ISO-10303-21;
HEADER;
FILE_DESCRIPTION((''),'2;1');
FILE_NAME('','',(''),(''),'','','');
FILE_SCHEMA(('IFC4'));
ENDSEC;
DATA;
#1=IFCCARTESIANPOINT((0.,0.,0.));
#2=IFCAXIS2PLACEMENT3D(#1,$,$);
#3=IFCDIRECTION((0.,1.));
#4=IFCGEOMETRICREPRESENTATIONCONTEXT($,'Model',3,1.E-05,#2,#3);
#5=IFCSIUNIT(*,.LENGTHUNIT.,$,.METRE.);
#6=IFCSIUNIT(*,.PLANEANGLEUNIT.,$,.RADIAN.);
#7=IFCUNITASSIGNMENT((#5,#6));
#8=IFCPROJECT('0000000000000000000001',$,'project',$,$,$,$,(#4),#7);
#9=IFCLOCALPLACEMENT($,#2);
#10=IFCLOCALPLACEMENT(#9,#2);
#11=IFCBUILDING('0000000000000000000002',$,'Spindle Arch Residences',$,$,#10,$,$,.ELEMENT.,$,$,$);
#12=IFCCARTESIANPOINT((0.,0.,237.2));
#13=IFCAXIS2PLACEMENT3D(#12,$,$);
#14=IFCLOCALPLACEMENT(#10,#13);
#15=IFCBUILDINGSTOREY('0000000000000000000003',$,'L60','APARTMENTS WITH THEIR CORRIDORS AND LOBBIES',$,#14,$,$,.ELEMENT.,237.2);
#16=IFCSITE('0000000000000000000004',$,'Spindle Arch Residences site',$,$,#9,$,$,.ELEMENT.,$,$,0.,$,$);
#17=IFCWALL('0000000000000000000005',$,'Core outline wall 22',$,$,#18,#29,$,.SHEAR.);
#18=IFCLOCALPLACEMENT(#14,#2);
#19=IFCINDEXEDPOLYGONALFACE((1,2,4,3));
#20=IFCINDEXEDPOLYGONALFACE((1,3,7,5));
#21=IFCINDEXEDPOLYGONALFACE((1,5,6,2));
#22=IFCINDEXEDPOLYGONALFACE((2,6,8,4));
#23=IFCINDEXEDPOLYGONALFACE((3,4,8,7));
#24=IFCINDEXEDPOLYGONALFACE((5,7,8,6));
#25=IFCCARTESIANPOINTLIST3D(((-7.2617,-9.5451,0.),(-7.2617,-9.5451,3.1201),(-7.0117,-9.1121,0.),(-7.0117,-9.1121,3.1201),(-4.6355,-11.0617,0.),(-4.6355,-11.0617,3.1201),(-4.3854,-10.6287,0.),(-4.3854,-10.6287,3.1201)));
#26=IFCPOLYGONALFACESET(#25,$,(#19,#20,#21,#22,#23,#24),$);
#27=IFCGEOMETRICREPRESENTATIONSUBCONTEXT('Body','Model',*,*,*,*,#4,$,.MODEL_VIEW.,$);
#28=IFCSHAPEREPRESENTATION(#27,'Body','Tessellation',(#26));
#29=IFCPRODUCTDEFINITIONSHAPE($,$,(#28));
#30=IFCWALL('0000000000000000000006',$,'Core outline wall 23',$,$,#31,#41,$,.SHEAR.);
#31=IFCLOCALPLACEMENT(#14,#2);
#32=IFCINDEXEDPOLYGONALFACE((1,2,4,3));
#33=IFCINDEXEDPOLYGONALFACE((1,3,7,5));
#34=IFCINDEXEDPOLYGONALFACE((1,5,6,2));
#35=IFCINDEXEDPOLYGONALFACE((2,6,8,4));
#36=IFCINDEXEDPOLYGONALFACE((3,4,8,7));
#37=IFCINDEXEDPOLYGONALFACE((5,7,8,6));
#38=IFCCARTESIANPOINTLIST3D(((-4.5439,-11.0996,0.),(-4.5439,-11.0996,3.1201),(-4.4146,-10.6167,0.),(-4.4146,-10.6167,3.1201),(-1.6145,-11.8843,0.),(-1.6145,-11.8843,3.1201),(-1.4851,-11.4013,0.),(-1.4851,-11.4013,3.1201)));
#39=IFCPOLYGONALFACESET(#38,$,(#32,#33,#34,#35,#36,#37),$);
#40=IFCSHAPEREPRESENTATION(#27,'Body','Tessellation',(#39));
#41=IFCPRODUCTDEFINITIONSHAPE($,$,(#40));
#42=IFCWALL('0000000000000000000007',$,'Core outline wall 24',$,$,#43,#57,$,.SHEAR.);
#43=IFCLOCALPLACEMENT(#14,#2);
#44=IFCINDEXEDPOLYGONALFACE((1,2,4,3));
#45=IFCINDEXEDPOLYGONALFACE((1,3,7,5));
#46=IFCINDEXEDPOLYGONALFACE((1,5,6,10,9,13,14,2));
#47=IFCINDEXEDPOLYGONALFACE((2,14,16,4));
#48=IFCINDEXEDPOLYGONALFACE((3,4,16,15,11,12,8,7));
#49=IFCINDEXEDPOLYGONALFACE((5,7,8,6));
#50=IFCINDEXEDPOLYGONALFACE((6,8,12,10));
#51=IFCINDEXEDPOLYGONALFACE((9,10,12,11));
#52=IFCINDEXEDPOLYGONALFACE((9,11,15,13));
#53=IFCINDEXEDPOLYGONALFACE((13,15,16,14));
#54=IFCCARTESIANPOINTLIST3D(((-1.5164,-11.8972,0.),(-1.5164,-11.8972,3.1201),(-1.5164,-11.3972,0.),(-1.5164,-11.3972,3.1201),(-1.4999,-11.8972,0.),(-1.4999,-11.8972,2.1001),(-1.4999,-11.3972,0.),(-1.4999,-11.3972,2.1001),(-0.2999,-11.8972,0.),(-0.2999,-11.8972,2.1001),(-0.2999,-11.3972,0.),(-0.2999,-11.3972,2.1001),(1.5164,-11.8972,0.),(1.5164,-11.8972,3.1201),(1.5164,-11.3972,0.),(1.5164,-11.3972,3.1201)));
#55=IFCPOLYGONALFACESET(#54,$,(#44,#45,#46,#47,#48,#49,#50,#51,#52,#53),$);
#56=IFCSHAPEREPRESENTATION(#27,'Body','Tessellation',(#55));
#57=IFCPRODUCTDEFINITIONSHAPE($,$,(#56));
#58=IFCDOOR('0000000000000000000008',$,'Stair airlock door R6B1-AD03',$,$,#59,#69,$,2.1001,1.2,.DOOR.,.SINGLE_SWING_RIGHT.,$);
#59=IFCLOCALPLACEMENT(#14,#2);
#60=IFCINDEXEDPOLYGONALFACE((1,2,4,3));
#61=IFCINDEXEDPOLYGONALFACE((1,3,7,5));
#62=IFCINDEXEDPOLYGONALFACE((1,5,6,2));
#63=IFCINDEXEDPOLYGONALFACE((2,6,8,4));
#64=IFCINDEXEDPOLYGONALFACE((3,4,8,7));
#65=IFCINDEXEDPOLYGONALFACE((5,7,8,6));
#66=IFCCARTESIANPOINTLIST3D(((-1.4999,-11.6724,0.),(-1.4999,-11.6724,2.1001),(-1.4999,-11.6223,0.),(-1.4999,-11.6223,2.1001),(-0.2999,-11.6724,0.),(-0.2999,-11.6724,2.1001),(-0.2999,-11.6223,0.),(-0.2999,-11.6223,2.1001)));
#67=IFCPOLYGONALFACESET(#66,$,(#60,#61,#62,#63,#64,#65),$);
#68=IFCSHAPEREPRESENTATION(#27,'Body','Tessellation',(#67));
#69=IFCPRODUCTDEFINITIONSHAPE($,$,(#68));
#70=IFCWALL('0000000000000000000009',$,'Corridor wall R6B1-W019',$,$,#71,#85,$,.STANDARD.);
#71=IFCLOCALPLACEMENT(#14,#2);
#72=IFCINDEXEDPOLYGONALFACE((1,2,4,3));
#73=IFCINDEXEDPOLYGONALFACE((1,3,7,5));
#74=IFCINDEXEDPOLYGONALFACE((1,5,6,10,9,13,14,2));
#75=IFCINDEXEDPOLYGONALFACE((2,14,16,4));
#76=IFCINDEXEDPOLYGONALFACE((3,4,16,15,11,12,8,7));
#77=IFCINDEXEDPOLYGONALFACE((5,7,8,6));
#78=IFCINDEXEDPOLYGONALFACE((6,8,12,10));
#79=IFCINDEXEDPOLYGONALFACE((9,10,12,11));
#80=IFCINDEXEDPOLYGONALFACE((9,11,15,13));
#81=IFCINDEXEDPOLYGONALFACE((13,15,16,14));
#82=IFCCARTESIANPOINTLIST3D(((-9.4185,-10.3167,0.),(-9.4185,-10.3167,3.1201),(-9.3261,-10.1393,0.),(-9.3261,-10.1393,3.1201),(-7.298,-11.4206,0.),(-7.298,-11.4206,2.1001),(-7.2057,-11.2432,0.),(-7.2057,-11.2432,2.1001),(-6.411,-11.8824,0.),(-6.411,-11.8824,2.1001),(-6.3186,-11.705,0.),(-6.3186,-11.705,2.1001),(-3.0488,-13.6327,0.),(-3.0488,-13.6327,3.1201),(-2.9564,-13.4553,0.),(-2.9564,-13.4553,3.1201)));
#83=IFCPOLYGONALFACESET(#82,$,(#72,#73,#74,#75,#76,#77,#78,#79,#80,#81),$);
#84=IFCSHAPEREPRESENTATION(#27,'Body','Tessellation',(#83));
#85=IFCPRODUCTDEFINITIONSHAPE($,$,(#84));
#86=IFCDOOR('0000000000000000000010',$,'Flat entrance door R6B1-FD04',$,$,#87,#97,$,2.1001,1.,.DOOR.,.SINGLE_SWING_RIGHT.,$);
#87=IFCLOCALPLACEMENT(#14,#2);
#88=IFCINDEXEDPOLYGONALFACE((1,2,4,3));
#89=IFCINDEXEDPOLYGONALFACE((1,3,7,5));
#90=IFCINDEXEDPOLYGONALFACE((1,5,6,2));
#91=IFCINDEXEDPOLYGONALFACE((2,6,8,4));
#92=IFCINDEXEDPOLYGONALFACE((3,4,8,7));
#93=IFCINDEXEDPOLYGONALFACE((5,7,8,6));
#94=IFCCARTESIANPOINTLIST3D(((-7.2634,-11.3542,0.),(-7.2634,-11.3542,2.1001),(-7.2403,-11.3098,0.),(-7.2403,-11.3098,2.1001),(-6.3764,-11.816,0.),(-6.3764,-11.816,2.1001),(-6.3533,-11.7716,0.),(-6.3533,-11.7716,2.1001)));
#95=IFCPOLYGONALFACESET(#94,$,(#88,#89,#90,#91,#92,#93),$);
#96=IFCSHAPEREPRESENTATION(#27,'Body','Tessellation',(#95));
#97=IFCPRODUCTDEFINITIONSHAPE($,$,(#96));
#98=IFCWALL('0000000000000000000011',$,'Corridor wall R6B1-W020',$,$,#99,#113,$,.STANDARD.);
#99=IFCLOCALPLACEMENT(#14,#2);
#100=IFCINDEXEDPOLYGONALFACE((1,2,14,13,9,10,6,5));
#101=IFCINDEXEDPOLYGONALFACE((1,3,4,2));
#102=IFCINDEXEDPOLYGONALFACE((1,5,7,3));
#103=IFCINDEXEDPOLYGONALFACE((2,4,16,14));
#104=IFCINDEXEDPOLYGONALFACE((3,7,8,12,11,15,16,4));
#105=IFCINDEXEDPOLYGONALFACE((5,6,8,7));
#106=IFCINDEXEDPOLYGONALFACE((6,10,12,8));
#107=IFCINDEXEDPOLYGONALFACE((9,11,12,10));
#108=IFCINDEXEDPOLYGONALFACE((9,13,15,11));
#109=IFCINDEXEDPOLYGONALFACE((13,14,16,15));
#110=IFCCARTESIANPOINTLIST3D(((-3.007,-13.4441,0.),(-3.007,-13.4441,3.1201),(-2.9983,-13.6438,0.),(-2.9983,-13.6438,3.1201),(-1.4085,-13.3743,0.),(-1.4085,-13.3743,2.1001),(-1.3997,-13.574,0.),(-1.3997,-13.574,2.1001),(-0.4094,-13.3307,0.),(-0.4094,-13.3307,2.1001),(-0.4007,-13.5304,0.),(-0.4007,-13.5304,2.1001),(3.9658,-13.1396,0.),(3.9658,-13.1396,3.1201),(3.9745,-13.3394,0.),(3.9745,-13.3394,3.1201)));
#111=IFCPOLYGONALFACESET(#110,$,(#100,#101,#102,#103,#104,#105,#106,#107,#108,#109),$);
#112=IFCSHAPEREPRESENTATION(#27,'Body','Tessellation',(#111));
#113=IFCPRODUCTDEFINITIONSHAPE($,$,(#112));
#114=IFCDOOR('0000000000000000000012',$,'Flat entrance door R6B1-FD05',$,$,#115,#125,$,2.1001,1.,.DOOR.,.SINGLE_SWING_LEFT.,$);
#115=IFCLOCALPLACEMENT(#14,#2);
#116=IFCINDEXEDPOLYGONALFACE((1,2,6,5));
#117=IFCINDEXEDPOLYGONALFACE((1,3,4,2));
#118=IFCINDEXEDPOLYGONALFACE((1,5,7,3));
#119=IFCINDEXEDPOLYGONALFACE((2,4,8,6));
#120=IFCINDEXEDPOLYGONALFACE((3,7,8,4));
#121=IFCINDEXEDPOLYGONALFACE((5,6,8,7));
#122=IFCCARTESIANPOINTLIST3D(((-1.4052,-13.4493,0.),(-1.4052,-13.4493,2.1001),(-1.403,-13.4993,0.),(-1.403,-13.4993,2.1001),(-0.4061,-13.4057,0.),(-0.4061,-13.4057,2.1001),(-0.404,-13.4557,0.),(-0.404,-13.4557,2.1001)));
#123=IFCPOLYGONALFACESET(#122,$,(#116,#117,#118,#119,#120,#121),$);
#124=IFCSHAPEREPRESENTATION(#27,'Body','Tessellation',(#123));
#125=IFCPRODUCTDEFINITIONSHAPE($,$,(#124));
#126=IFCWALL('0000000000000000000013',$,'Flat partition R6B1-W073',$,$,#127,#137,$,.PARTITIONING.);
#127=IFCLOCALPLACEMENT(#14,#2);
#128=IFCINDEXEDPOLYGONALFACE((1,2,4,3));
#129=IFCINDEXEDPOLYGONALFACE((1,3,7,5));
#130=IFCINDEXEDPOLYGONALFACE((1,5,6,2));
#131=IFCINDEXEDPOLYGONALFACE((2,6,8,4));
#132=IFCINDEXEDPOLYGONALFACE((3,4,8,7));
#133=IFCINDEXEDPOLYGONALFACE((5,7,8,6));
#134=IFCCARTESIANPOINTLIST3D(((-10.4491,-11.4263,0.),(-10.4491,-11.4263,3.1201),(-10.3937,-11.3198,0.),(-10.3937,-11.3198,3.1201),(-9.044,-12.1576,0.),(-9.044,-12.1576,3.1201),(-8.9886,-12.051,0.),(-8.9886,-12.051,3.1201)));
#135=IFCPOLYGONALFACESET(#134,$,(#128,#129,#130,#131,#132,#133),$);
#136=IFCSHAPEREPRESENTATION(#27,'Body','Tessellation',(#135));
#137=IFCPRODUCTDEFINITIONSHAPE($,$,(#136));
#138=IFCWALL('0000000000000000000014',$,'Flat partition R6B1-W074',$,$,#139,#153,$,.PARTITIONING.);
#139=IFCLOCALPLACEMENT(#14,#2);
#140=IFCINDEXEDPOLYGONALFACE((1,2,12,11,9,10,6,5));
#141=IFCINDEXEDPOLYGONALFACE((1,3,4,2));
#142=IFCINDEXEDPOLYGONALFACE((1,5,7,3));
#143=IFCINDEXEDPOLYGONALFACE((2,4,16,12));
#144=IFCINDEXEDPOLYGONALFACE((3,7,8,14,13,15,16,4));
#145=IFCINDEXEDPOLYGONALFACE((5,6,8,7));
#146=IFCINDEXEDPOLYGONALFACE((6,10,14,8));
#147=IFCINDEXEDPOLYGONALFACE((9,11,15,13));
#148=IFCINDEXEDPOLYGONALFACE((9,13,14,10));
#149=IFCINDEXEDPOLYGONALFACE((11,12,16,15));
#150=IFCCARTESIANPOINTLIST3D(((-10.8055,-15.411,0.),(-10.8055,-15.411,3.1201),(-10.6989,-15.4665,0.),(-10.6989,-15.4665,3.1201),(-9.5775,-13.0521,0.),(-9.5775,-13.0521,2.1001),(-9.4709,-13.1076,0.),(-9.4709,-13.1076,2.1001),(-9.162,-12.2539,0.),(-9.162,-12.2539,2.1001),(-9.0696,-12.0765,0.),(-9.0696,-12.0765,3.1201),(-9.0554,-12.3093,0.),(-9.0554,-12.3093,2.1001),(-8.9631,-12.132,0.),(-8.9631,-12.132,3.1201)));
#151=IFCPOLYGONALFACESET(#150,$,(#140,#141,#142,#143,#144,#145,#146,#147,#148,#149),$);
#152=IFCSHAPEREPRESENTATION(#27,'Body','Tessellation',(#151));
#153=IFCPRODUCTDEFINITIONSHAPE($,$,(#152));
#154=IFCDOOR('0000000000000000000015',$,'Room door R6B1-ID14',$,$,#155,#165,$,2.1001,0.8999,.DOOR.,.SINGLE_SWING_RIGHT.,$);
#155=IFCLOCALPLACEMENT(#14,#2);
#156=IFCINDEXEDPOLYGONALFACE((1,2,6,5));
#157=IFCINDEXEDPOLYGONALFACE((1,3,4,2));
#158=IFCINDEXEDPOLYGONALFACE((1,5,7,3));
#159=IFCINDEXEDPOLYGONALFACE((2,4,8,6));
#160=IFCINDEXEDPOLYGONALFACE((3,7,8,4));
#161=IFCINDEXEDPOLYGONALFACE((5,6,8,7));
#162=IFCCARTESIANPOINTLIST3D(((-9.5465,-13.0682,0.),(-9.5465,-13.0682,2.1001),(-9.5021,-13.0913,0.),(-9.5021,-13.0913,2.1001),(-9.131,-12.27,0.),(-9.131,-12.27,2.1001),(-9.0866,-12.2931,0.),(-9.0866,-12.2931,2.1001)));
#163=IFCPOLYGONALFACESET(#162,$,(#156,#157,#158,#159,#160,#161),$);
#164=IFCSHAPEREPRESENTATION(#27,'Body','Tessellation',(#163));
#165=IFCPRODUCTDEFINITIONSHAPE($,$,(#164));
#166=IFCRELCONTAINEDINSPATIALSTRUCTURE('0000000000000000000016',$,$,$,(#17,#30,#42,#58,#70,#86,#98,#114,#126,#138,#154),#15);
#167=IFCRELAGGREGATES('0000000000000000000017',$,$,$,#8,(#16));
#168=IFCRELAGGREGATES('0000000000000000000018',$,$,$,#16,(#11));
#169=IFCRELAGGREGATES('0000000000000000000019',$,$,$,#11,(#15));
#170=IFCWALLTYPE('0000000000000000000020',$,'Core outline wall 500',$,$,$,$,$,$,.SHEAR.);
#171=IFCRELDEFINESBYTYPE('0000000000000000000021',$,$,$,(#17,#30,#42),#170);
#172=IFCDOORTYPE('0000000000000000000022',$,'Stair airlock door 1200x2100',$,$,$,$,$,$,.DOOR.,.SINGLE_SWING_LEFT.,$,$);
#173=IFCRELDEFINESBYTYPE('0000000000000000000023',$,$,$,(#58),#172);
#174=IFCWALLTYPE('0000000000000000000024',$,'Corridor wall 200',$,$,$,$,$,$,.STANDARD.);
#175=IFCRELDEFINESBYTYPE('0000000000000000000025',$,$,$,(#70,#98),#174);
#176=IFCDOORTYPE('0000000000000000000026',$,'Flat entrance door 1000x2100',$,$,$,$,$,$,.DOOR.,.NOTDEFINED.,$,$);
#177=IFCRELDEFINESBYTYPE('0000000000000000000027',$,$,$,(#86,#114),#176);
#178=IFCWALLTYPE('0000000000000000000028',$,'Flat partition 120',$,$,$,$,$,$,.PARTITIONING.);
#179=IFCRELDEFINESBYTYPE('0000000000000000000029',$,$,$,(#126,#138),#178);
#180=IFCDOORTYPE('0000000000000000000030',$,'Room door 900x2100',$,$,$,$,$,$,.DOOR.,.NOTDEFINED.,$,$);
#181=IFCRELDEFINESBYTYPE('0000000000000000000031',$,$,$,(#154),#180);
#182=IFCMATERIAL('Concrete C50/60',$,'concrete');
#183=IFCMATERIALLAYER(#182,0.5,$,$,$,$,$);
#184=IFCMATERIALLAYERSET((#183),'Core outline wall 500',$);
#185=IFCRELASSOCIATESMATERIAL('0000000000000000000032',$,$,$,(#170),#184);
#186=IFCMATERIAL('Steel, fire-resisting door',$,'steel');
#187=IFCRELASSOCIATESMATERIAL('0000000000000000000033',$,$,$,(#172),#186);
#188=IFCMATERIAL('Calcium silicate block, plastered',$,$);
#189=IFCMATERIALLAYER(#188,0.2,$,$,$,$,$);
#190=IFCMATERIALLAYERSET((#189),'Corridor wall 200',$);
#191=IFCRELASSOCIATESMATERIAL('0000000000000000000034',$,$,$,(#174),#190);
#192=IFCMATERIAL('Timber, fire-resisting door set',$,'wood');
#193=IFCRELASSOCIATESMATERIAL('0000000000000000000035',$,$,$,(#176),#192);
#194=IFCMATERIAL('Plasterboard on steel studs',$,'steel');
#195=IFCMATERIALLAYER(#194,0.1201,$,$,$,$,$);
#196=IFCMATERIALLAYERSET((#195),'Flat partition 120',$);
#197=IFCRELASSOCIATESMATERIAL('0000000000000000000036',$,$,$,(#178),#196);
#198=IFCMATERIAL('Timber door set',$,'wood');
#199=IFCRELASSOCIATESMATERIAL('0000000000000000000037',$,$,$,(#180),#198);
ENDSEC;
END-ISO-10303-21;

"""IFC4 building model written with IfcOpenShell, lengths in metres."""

from ifc_helpers import new_model, si_unit, direction, frame, frame_2d, origin, place, context, subcontext, project, spatial, rectangle, extrude, material, layer, layer_set, type_object, element, fill, save


model = new_model("IFC4")

# Units and contexts
model_context = context("Model", 3, precision=1e-05, world=origin(), true_north=direction((0.0, 1.0)))
body_context = subcontext(model_context, "Body", "Model", "MODEL_VIEW")
ifc_project = project(units=[si_unit("LENGTHUNIT", "METRE"), si_unit("PLANEANGLEUNIT", "RADIAN")], contexts=[model_context])

# Site, building, storey
site_placement = place(None, origin())
site = spatial("IfcSite", under=ifc_project, at=site_placement, Name="Spindle Arch Residences site", CompositionType="ELEMENT", RefElevation=0.0)
building_placement = place(site_placement, origin())
building = spatial("IfcBuilding", under=site, at=building_placement, Name="Spindle Arch Residences", CompositionType="ELEMENT")
storey_placement = place(building_placement, frame((0.0, 0.0, 237.2)))
storey = spatial("IfcBuildingStorey", under=building, at=storey_placement, Name="L60", Description="APARTMENTS WITH THEIR CORRIDORS AND LOBBIES", CompositionType="ELEMENT", Elevation=237.2)

# Walls
ifc_material_1 = material(Name="Concrete C50/60", Category="concrete")
ifc_layer_1 = layer(ifc_material_1, 0.5)
ifc_layer_set_1 = layer_set([ifc_layer_1], Name="Core outline wall 500")
wall_type_1 = type_object("IfcWallType", Name="Core outline wall 500", PredefinedType="SHEAR", material=ifc_layer_set_1)
for number, where, z_axis, x_axis, name in (
    (1, (-7.1367, -9.3286, 0.0), (0.0, 0.0, 1.0), (0.865975, -0.500087, 0.0), "Core outline wall 22"),
    (2, (-4.4792, -10.8582, 0.0), (0.0, 0.0, 1.0), (0.965948, -0.258735, 0.0), "Core outline wall 23"),
):
    element("IfcWall", number, at=place(storey_placement, frame(where, z_axis=z_axis, x_axis=x_axis)), inside=storey, type_object=wall_type_1, Name=name, PredefinedType="SHEAR", context=body_context, shape_type="SweptSolid", body=[
        extrude(rectangle(XDim=3.0327, YDim=0.5, at=frame_2d((1.5164, 0.0))), origin(), (0.0, 0.0, 1.0), 3.1201),
    ])

# Walls, openings, doors
wall_1_placement = place(storey_placement, frame((-1.5164, -11.6472, 0.0), z_axis=(0.0, 0.0, 1.0), x_axis=(1.0, 0.0, 0.0)))
wall_1 = element("IfcWall", 3, at=wall_1_placement, inside=storey, type_object=wall_type_1, Name="Core outline wall 24", PredefinedType="SHEAR", context=body_context, shape_type="SweptSolid", body=[
    extrude(rectangle(XDim=3.0327, YDim=0.5, at=frame_2d((1.5164, 0.0))), origin(), (0.0, 0.0, 1.0), 3.1201),
])
opening_1_placement = place(wall_1_placement, frame((0.0164, 0.0, 0.0)))
opening_1 = element("IfcOpeningElement", 4, at=opening_1_placement, cuts=wall_1, PredefinedType="OPENING", context=body_context, shape_type="SweptSolid", body=[
    extrude(rectangle(XDim=1.2, YDim=2.1001, at=frame_2d((0.6001, 1.05))), frame((0.0, 0.26, 0.0), z_axis=(0.0, -1.0, 0.0), x_axis=(1.0, 0.0, 0.0)), (0.0, 0.0, 1.0), 0.52),
])
ifc_material_2 = material(Name="Steel, fire-resisting door", Category="steel")
door_type_1 = type_object("IfcDoorType", Name="Stair airlock door 1200x2100", OperationType="SINGLE_SWING_LEFT", PredefinedType="DOOR", material=ifc_material_2)
door_1_placement = place(opening_1_placement, origin())
door_1 = element("IfcDoor", 5, at=door_1_placement, inside=storey, type_object=door_type_1, Name="Stair airlock door R6B1-AD03", OperationType="SINGLE_SWING_RIGHT", OverallHeight=2.1001, OverallWidth=1.2, PredefinedType="DOOR", context=body_context, shape_type="SweptSolid", body=[
    extrude(rectangle(XDim=1.2, YDim=2.1001, at=frame_2d((0.6001, 1.05))), frame((0.0, 0.0249, 0.0), z_axis=(0.0, -1.0, 0.0), x_axis=(1.0, 0.0, 0.0)), (0.0, 0.0, 1.0), 0.05),
])
fill(opening_1, door_1)
ifc_material_3 = material(Name="Calcium silicate block, plastered")
ifc_layer_2 = layer(ifc_material_3, 0.2)
ifc_layer_set_2 = layer_set([ifc_layer_2], Name="Corridor wall 200")
wall_type_2 = type_object("IfcWallType", Name="Corridor wall 200", PredefinedType="STANDARD", material=ifc_layer_set_2)
wall_2_placement = place(storey_placement, frame((-9.3723, -10.228, 0.0), z_axis=(0.0, 0.0, 1.0), x_axis=(0.887005, -0.461759, 0.0)))
wall_2 = element("IfcWall", 6, at=wall_2_placement, inside=storey, type_object=wall_type_2, Name="Corridor wall R6B1-W019", PredefinedType="STANDARD", context=body_context, shape_type="SweptSolid", body=[
    extrude(rectangle(XDim=7.1812, YDim=0.2, at=frame_2d((3.5906, 0.0))), origin(), (0.0, 0.0, 1.0), 3.1201),
])
opening_2_placement = place(wall_2_placement, frame((2.3906, 0.0, 0.0)))
opening_2 = element("IfcOpeningElement", 7, at=opening_2_placement, cuts=wall_2, PredefinedType="OPENING", context=body_context, shape_type="SweptSolid", body=[
    extrude(rectangle(XDim=1.0, YDim=2.1001, at=frame_2d((0.5, 1.05))), frame((0.0, 0.1099, 0.0), z_axis=(0.0, -1.0, 0.0), x_axis=(1.0, 0.0, 0.0)), (0.0, 0.0, 1.0), 0.22),
])
ifc_material_4 = material(Name="Timber, fire-resisting door set", Category="wood")
door_type_2 = type_object("IfcDoorType", Name="Flat entrance door 1000x2100", OperationType="NOTDEFINED", PredefinedType="DOOR", material=ifc_material_4)
door_2_placement = place(opening_2_placement, origin())
door_2 = element("IfcDoor", 8, at=door_2_placement, inside=storey, type_object=door_type_2, Name="Flat entrance door R6B1-FD04", OperationType="SINGLE_SWING_RIGHT", OverallHeight=2.1001, OverallWidth=1.0, PredefinedType="DOOR", context=body_context, shape_type="SweptSolid", body=[
    extrude(rectangle(XDim=1.0, YDim=2.1001, at=frame_2d((0.5, 1.05))), frame((0.0, 0.0249, 0.0), z_axis=(0.0, -1.0, 0.0), x_axis=(1.0, 0.0, 0.0)), (0.0, 0.0, 1.0), 0.05),
])
fill(opening_2, door_2)
wall_3_placement = place(storey_placement, frame((-3.0027, -13.5439, 0.0), z_axis=(0.0, 0.0, 1.0), x_axis=(0.999048, 0.043619, 0.0)))
wall_3 = element("IfcWall", 9, at=wall_3_placement, inside=storey, type_object=wall_type_2, Name="Corridor wall R6B1-W020", PredefinedType="STANDARD", context=body_context, shape_type="SweptSolid", body=[
    extrude(rectangle(XDim=6.9795, YDim=0.2, at=frame_2d((3.4897, 0.0))), origin(), (0.0, 0.0, 1.0), 3.1201),
])
opening_3_placement = place(wall_3_placement, frame((1.6001, 0.0, 0.0)))
opening_3 = element("IfcOpeningElement", 10, at=opening_3_placement, cuts=wall_3, PredefinedType="OPENING", context=body_context, shape_type="SweptSolid", body=[
    extrude(rectangle(XDim=1.0, YDim=2.1001, at=frame_2d((0.5, 1.05))), frame((0.0, 0.1099, 0.0), z_axis=(0.0, -1.0, 0.0), x_axis=(1.0, 0.0, 0.0)), (0.0, 0.0, 1.0), 0.22),
])
door_3_placement = place(opening_3_placement, origin())
door_3 = element("IfcDoor", 11, at=door_3_placement, inside=storey, type_object=door_type_2, Name="Flat entrance door R6B1-FD05", OperationType="SINGLE_SWING_LEFT", OverallHeight=2.1001, OverallWidth=1.0, PredefinedType="DOOR", context=body_context, shape_type="SweptSolid", body=[
    extrude(rectangle(XDim=1.0, YDim=2.1001, at=frame_2d((0.5, 1.05))), frame((0.0, 0.0249, 0.0), z_axis=(0.0, -1.0, 0.0), x_axis=(1.0, 0.0, 0.0)), (0.0, 0.0, 1.0), 0.05),
])
fill(opening_3, door_3)

# Wall
ifc_material_5 = material(Name="Plasterboard on steel studs", Category="steel")
ifc_layer_3 = layer(ifc_material_5, 0.1201)
ifc_layer_set_3 = layer_set([ifc_layer_3], Name="Flat partition 120")
wall_type_3 = type_object("IfcWallType", Name="Flat partition 120", PredefinedType="PARTITIONING", material=ifc_layer_set_3)
wall_4_placement = place(storey_placement, frame((-10.4214, -11.373, 0.0), z_axis=(0.0, 0.0, 1.0), x_axis=(0.887065, -0.461644, 0.0)))
element("IfcWall", 12, at=wall_4_placement, inside=storey, type_object=wall_type_3, Name="Flat partition R6B1-W073", PredefinedType="PARTITIONING", context=body_context, shape_type="SweptSolid", body=[
    extrude(rectangle(XDim=1.584, YDim=0.1201, at=frame_2d((0.792, 0.0))), origin(), (0.0, 0.0, 1.0), 3.1201),
])

# Wall, opening, door
wall_5_placement = place(storey_placement, frame((-9.0164, -12.1042, 0.0), z_axis=(0.0, 0.0, 1.0), x_axis=(-0.461753, -0.887008, 0.0)))
wall_5 = element("IfcWall", 13, at=wall_5_placement, inside=storey, type_object=wall_type_3, Name="Flat partition R6B1-W074", PredefinedType="PARTITIONING", context=body_context, shape_type="SweptSolid", body=[
    extrude(rectangle(XDim=3.7593, YDim=0.1201, at=frame_2d((1.8796, 0.0))), origin(), (0.0, 0.0, 1.0), 3.1201),
])
opening_4_placement = place(wall_5_placement, frame((0.2, 0.0, 0.0)))
opening_4 = element("IfcOpeningElement", 14, at=opening_4_placement, cuts=wall_5, PredefinedType="OPENING", context=body_context, shape_type="SweptSolid", body=[
    extrude(rectangle(XDim=0.8999, YDim=2.1001, at=frame_2d((0.45, 1.05))), frame((0.0, 0.0701, 0.0), z_axis=(0.0, -1.0, 0.0), x_axis=(1.0, 0.0, 0.0)), (0.0, 0.0, 1.0), 0.1401),
])
ifc_material_6 = material(Name="Timber door set", Category="wood")
door_type_3 = type_object("IfcDoorType", Name="Room door 900x2100", OperationType="NOTDEFINED", PredefinedType="DOOR", material=ifc_material_6)
door_4_placement = place(opening_4_placement, origin())
door_4 = element("IfcDoor", 15, at=door_4_placement, inside=storey, type_object=door_type_3, Name="Room door R6B1-ID14", OperationType="SINGLE_SWING_RIGHT", OverallHeight=2.1001, OverallWidth=0.8999, PredefinedType="DOOR", context=body_context, shape_type="SweptSolid", body=[
    extrude(rectangle(XDim=0.8999, YDim=2.1001, at=frame_2d((0.45, 1.05))), frame((0.0, 0.0249, 0.0), z_axis=(0.0, -1.0, 0.0), x_axis=(1.0, 0.0, 0.0)), (0.0, 0.0, 1.0), 0.05),
])
fill(opening_4, door_4)

save(model, "model.ifc")
